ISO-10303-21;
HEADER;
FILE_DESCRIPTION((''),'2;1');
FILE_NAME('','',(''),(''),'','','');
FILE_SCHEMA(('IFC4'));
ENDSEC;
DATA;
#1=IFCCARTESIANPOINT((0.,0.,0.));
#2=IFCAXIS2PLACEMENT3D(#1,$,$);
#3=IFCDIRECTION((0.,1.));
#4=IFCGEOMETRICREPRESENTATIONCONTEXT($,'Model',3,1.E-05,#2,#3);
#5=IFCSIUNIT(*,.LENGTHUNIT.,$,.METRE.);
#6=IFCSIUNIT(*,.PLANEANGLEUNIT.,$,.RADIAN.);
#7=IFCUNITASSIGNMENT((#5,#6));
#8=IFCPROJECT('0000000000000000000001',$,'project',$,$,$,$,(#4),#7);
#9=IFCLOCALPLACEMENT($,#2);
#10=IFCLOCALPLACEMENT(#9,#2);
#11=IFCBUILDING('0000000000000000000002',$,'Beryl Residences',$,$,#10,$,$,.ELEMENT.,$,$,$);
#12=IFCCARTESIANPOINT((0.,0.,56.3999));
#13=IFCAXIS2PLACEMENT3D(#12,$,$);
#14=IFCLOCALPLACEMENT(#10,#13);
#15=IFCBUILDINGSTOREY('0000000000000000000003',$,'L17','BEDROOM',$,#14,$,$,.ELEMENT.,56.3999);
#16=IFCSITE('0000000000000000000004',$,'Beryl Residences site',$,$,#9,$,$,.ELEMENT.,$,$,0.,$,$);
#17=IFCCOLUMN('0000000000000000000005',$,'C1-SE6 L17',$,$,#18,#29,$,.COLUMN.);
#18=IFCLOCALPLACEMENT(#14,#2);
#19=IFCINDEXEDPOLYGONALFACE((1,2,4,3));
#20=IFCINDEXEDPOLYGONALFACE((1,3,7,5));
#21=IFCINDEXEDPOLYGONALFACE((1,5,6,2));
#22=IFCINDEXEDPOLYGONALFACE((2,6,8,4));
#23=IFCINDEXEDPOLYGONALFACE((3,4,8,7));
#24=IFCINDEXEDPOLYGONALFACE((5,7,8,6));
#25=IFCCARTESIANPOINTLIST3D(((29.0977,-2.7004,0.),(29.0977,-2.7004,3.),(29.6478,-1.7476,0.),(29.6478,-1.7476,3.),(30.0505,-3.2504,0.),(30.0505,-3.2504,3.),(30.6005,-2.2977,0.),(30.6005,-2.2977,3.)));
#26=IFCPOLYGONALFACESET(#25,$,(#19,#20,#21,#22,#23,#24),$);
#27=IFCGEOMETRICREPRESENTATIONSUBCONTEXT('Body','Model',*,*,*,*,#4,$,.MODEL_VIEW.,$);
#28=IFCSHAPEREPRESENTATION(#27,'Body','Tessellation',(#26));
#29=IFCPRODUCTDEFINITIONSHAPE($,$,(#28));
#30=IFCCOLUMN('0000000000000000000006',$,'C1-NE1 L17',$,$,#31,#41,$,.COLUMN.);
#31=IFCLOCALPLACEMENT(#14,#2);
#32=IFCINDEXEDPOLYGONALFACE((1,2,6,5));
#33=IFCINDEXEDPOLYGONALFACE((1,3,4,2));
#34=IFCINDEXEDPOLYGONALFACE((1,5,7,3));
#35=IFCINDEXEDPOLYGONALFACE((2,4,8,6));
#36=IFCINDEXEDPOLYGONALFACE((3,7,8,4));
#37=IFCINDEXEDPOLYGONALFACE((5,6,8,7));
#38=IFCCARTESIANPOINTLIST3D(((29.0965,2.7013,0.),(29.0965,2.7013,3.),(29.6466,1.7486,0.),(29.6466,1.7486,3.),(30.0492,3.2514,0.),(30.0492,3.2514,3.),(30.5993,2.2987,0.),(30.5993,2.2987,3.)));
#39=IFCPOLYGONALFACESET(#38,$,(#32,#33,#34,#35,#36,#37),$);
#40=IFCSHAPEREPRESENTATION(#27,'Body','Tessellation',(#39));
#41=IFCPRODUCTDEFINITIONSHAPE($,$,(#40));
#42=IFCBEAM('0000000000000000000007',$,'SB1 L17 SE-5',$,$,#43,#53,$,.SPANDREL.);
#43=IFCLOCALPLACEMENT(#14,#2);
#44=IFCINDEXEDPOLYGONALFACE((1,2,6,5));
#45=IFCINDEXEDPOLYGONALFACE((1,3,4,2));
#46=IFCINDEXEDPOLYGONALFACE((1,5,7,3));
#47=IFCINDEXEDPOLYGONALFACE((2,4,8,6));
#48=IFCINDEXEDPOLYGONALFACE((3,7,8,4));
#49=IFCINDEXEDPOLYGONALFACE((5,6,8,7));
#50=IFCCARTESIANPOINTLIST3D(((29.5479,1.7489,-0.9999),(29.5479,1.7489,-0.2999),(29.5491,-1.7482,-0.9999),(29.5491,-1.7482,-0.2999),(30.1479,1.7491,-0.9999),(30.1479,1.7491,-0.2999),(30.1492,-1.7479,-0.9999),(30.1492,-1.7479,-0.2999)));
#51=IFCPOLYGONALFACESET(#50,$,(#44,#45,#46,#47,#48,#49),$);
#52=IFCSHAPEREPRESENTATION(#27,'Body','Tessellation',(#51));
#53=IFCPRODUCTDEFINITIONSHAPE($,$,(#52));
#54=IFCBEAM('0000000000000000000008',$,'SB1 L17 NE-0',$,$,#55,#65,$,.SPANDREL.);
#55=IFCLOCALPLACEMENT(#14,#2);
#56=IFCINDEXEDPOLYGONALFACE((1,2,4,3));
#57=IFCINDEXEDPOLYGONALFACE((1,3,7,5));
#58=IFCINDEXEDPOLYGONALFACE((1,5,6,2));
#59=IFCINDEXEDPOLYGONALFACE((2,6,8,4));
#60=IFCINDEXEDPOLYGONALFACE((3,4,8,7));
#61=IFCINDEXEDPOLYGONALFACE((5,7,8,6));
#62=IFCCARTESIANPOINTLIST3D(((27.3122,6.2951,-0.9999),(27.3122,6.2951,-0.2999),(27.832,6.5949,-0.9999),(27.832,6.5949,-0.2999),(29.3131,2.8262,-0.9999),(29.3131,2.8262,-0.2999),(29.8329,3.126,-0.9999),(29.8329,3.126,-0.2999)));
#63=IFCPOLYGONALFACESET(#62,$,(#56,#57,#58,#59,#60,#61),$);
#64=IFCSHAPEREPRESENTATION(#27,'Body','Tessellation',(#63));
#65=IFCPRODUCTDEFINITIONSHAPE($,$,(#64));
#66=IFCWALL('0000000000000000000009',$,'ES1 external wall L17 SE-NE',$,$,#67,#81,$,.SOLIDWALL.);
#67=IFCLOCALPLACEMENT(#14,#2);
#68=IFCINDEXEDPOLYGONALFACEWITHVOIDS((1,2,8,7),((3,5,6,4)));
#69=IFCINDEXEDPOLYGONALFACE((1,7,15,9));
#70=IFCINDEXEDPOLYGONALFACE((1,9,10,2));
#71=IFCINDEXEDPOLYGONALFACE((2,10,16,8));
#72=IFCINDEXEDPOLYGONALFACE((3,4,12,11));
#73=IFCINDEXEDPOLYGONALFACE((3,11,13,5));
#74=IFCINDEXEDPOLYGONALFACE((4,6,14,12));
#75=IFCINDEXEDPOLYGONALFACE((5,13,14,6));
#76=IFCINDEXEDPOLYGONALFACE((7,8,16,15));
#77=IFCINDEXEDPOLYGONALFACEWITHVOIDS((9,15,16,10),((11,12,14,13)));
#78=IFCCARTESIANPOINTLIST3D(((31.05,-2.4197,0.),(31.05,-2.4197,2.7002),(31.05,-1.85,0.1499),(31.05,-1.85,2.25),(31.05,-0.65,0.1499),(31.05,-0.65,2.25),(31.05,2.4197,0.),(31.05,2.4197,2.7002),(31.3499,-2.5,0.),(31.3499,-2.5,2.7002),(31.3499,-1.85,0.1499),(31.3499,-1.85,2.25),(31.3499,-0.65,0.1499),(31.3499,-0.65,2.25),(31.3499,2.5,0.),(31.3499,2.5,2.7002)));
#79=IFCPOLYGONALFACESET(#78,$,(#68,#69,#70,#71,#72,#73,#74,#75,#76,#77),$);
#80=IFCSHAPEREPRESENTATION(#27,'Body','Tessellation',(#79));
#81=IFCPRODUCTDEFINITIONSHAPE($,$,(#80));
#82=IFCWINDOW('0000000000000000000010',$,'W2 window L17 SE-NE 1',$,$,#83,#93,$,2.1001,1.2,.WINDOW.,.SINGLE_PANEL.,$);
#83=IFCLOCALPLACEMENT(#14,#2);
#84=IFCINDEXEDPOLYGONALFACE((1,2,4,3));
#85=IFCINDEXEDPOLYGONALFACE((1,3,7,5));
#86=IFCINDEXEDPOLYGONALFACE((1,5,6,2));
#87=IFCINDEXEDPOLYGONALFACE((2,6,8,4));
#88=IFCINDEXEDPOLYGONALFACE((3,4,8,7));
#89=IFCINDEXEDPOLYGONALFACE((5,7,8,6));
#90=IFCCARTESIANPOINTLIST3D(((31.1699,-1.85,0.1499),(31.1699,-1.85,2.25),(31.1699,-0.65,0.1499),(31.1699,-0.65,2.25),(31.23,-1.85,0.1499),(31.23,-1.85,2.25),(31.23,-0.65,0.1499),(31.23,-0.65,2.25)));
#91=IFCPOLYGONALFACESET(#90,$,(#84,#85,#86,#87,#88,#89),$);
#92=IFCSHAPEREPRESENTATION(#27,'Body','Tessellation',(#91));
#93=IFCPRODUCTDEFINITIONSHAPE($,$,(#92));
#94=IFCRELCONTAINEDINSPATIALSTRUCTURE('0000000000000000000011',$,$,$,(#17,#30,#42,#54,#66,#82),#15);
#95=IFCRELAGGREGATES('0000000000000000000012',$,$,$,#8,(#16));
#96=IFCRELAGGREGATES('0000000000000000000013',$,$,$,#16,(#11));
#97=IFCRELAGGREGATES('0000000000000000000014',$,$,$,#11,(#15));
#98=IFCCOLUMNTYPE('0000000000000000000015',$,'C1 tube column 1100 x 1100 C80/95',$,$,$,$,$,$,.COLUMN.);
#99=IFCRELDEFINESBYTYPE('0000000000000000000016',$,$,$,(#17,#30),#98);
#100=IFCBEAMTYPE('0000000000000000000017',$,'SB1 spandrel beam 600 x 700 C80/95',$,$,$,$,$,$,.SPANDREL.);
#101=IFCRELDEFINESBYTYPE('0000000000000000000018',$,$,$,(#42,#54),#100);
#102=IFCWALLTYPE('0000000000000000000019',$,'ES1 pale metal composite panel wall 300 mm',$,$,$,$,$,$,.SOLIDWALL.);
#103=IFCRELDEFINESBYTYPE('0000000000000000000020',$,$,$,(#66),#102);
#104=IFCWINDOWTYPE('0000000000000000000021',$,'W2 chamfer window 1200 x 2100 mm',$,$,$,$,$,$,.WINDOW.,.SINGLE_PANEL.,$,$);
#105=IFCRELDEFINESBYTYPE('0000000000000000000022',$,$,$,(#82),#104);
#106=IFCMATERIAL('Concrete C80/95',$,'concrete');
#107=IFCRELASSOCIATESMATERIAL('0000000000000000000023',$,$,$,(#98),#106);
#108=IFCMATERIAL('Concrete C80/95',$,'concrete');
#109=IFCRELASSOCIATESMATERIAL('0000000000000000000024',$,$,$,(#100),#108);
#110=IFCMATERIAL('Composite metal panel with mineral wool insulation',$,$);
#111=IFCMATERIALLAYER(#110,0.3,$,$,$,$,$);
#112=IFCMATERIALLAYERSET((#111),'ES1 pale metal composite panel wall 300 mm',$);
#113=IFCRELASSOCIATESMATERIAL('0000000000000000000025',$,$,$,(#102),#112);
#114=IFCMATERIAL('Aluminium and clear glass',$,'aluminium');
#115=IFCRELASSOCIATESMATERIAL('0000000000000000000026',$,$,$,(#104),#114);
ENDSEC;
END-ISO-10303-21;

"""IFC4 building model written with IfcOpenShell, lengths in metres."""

from ifc_helpers import new_model, si_unit, direction, frame, frame_2d, origin, origin_2d, place, context, subcontext, project, spatial, polyline, rectangle, outline, extrude, material, layer, layer_set, material_profile, profile_set, type_object, element, fill, save


model = new_model("IFC4")

# Units and contexts
model_context = context("Model", 3, precision=1e-05, world=origin(), true_north=direction((0.0, 1.0)))
body_context = subcontext(model_context, "Body", "Model", "MODEL_VIEW")
ifc_project = project(units=[si_unit("LENGTHUNIT", "METRE"), si_unit("PLANEANGLEUNIT", "RADIAN")], contexts=[model_context])

# Site, building, storey
site_placement = place(None, origin())
site = spatial("IfcSite", under=ifc_project, at=site_placement, Name="Beryl Residences site", CompositionType="ELEMENT", RefElevation=0.0)
building_placement = place(site_placement, origin())
building = spatial("IfcBuilding", under=site, at=building_placement, Name="Beryl Residences", CompositionType="ELEMENT")
storey_placement = place(building_placement, frame((0.0, 0.0, 56.3999)))
storey = spatial("IfcBuildingStorey", under=building, at=storey_placement, Name="L17", Description="BEDROOM", CompositionType="ELEMENT", Elevation=56.3999)

# Columns
ifc_material_1 = material(Name="Concrete C80/95", Category="concrete")
ifc_material_profile_1 = material_profile(ifc_material_1, rectangle(XDim=1.1001, YDim=1.1001, at=origin_2d()))
ifc_profile_set_1 = profile_set([ifc_material_profile_1], Name="Concrete C80/95")
column_type = type_object("IfcColumnType", Name="C1 tube column 1100 x 1100 C80/95", PredefinedType="COLUMN", material=ifc_profile_set_1)
for number, where, z_axis, x_axis, name in (
    (1, (29.8491, -2.499, 0.0), (0.0, 0.0, 1.0), (0.499985, 0.866034, 0.0), "C1-SE6 L17"),
    (2, (29.8479, 2.5, 0.0), (0.0, 0.0, 1.0), (-0.499985, 0.866034, 0.0), "C1-NE1 L17"),
):
    element("IfcColumn", number, at=place(storey_placement, frame(where, z_axis=z_axis, x_axis=x_axis)), inside=storey, type_object=column_type, Name=name, PredefinedType="COLUMN", context=body_context, shape_type="SweptSolid", body=[
        extrude(rectangle(XDim=1.1001, YDim=1.1001, at=origin_2d()), origin(), (0.0, 0.0, 1.0), 3.0),
    ])

# Beams
ifc_material_2 = material(Name="Concrete C80/95", Category="concrete")
ifc_material_profile_2 = material_profile(ifc_material_2, rectangle(XDim=0.6001, YDim=0.7, at=origin_2d()))
ifc_profile_set_2 = profile_set([ifc_material_profile_2], Name="Concrete C80/95")
beam_type = type_object("IfcBeamType", Name="SB1 spandrel beam 600 x 700 C80/95", PredefinedType="SPANDREL", material=ifc_profile_set_2)
beam_1_placement = place(storey_placement, frame((29.8491, -1.748, -0.6499), z_axis=(-0.000349, 1.0, 0.0), x_axis=(-1.0, -0.000349, 0.0)))
element("IfcBeam", 3, at=beam_1_placement, inside=storey, type_object=beam_type, Name="SB1 L17 SE-5", PredefinedType="SPANDREL", context=body_context, shape_type="SweptSolid", body=[
    extrude(rectangle(XDim=0.6001, YDim=0.7, at=origin_2d()), origin(), (0.0, 0.0, 1.0), 3.4971),
])
beam_2_placement = place(storey_placement, frame((29.573, 2.9761, -0.6499), z_axis=(-0.499654, 0.866225, 0.0), x_axis=(-0.866225, -0.499654, 0.0)))
element("IfcBeam", 4, at=beam_2_placement, inside=storey, type_object=beam_type, Name="SB1 L17 NE-0", PredefinedType="SPANDREL", context=body_context, shape_type="SweptSolid", body=[
    extrude(rectangle(XDim=0.6001, YDim=0.7, at=origin_2d()), origin(), (0.0, 0.0, 1.0), 4.0046),
])

# Wall, opening, window
ifc_material_3 = material(Name="Composite metal panel with mineral wool insulation")
ifc_layer_1 = layer(ifc_material_3, 0.3)
ifc_layer_set_1 = layer_set([ifc_layer_1], Name="ES1 pale metal composite panel wall 300 mm")
wall_type_1 = type_object("IfcWallType", Name="ES1 pale metal composite panel wall 300 mm", PredefinedType="SOLIDWALL", material=ifc_layer_set_1)
wall_1_placement = place(storey_placement, frame((31.2, -2.5, 0.0), z_axis=(0.0, 0.0, 1.0), x_axis=(0.0, 1.0, 0.0)))
wall_1 = element("IfcWall", 5, at=wall_1_placement, inside=storey, type_object=wall_type_1, Name="ES1 external wall L17 SE-NE", PredefinedType="SOLIDWALL", context=body_context, shape_type="SweptSolid", body=[
    extrude(outline(polyline([(0.0, -0.1499), (5.0, -0.1499), (4.9197, 0.1499), (0.0803, 0.1499), (0.0, -0.1499)])), origin(), (0.0, 0.0, 1.0), 2.7002),
])
opening_1_placement = place(wall_1_placement, frame((0.6499, 0.0, 0.1499)))
opening_1 = element("IfcOpeningElement", 6, at=opening_1_placement, cuts=wall_1, PredefinedType="OPENING", context=body_context, shape_type="SweptSolid", body=[
    extrude(rectangle(XDim=1.2, YDim=2.1001, at=frame_2d((0.6001, 1.05))), frame((0.0, 0.1599, 0.0), z_axis=(0.0, -1.0, 0.0), x_axis=(1.0, 0.0, 0.0)), (0.0, 0.0, 1.0), 0.3201),
])
ifc_material_4 = material(Name="Aluminium and clear glass", Category="aluminium")
window_type_1 = type_object("IfcWindowType", Name="W2 chamfer window 1200 x 2100 mm", PartitioningType="SINGLE_PANEL", PredefinedType="WINDOW", material=ifc_material_4)
window_1_placement = place(opening_1_placement, origin())
window_1 = element("IfcWindow", 7, at=window_1_placement, inside=storey, type_object=window_type_1, Name="W2 window L17 SE-NE 1", OverallHeight=2.1001, OverallWidth=1.2, PartitioningType="SINGLE_PANEL", PredefinedType="WINDOW", context=body_context, shape_type="SweptSolid", body=[
    extrude(rectangle(XDim=1.2, YDim=2.1001, at=frame_2d((0.6001, 1.05))), frame((0.0, 0.03, 0.0), z_axis=(0.0, -1.0, 0.0), x_axis=(1.0, 0.0, 0.0)), (0.0, 0.0, 1.0), 0.0601),
])
fill(opening_1, window_1)

save(model, "model.ifc")
